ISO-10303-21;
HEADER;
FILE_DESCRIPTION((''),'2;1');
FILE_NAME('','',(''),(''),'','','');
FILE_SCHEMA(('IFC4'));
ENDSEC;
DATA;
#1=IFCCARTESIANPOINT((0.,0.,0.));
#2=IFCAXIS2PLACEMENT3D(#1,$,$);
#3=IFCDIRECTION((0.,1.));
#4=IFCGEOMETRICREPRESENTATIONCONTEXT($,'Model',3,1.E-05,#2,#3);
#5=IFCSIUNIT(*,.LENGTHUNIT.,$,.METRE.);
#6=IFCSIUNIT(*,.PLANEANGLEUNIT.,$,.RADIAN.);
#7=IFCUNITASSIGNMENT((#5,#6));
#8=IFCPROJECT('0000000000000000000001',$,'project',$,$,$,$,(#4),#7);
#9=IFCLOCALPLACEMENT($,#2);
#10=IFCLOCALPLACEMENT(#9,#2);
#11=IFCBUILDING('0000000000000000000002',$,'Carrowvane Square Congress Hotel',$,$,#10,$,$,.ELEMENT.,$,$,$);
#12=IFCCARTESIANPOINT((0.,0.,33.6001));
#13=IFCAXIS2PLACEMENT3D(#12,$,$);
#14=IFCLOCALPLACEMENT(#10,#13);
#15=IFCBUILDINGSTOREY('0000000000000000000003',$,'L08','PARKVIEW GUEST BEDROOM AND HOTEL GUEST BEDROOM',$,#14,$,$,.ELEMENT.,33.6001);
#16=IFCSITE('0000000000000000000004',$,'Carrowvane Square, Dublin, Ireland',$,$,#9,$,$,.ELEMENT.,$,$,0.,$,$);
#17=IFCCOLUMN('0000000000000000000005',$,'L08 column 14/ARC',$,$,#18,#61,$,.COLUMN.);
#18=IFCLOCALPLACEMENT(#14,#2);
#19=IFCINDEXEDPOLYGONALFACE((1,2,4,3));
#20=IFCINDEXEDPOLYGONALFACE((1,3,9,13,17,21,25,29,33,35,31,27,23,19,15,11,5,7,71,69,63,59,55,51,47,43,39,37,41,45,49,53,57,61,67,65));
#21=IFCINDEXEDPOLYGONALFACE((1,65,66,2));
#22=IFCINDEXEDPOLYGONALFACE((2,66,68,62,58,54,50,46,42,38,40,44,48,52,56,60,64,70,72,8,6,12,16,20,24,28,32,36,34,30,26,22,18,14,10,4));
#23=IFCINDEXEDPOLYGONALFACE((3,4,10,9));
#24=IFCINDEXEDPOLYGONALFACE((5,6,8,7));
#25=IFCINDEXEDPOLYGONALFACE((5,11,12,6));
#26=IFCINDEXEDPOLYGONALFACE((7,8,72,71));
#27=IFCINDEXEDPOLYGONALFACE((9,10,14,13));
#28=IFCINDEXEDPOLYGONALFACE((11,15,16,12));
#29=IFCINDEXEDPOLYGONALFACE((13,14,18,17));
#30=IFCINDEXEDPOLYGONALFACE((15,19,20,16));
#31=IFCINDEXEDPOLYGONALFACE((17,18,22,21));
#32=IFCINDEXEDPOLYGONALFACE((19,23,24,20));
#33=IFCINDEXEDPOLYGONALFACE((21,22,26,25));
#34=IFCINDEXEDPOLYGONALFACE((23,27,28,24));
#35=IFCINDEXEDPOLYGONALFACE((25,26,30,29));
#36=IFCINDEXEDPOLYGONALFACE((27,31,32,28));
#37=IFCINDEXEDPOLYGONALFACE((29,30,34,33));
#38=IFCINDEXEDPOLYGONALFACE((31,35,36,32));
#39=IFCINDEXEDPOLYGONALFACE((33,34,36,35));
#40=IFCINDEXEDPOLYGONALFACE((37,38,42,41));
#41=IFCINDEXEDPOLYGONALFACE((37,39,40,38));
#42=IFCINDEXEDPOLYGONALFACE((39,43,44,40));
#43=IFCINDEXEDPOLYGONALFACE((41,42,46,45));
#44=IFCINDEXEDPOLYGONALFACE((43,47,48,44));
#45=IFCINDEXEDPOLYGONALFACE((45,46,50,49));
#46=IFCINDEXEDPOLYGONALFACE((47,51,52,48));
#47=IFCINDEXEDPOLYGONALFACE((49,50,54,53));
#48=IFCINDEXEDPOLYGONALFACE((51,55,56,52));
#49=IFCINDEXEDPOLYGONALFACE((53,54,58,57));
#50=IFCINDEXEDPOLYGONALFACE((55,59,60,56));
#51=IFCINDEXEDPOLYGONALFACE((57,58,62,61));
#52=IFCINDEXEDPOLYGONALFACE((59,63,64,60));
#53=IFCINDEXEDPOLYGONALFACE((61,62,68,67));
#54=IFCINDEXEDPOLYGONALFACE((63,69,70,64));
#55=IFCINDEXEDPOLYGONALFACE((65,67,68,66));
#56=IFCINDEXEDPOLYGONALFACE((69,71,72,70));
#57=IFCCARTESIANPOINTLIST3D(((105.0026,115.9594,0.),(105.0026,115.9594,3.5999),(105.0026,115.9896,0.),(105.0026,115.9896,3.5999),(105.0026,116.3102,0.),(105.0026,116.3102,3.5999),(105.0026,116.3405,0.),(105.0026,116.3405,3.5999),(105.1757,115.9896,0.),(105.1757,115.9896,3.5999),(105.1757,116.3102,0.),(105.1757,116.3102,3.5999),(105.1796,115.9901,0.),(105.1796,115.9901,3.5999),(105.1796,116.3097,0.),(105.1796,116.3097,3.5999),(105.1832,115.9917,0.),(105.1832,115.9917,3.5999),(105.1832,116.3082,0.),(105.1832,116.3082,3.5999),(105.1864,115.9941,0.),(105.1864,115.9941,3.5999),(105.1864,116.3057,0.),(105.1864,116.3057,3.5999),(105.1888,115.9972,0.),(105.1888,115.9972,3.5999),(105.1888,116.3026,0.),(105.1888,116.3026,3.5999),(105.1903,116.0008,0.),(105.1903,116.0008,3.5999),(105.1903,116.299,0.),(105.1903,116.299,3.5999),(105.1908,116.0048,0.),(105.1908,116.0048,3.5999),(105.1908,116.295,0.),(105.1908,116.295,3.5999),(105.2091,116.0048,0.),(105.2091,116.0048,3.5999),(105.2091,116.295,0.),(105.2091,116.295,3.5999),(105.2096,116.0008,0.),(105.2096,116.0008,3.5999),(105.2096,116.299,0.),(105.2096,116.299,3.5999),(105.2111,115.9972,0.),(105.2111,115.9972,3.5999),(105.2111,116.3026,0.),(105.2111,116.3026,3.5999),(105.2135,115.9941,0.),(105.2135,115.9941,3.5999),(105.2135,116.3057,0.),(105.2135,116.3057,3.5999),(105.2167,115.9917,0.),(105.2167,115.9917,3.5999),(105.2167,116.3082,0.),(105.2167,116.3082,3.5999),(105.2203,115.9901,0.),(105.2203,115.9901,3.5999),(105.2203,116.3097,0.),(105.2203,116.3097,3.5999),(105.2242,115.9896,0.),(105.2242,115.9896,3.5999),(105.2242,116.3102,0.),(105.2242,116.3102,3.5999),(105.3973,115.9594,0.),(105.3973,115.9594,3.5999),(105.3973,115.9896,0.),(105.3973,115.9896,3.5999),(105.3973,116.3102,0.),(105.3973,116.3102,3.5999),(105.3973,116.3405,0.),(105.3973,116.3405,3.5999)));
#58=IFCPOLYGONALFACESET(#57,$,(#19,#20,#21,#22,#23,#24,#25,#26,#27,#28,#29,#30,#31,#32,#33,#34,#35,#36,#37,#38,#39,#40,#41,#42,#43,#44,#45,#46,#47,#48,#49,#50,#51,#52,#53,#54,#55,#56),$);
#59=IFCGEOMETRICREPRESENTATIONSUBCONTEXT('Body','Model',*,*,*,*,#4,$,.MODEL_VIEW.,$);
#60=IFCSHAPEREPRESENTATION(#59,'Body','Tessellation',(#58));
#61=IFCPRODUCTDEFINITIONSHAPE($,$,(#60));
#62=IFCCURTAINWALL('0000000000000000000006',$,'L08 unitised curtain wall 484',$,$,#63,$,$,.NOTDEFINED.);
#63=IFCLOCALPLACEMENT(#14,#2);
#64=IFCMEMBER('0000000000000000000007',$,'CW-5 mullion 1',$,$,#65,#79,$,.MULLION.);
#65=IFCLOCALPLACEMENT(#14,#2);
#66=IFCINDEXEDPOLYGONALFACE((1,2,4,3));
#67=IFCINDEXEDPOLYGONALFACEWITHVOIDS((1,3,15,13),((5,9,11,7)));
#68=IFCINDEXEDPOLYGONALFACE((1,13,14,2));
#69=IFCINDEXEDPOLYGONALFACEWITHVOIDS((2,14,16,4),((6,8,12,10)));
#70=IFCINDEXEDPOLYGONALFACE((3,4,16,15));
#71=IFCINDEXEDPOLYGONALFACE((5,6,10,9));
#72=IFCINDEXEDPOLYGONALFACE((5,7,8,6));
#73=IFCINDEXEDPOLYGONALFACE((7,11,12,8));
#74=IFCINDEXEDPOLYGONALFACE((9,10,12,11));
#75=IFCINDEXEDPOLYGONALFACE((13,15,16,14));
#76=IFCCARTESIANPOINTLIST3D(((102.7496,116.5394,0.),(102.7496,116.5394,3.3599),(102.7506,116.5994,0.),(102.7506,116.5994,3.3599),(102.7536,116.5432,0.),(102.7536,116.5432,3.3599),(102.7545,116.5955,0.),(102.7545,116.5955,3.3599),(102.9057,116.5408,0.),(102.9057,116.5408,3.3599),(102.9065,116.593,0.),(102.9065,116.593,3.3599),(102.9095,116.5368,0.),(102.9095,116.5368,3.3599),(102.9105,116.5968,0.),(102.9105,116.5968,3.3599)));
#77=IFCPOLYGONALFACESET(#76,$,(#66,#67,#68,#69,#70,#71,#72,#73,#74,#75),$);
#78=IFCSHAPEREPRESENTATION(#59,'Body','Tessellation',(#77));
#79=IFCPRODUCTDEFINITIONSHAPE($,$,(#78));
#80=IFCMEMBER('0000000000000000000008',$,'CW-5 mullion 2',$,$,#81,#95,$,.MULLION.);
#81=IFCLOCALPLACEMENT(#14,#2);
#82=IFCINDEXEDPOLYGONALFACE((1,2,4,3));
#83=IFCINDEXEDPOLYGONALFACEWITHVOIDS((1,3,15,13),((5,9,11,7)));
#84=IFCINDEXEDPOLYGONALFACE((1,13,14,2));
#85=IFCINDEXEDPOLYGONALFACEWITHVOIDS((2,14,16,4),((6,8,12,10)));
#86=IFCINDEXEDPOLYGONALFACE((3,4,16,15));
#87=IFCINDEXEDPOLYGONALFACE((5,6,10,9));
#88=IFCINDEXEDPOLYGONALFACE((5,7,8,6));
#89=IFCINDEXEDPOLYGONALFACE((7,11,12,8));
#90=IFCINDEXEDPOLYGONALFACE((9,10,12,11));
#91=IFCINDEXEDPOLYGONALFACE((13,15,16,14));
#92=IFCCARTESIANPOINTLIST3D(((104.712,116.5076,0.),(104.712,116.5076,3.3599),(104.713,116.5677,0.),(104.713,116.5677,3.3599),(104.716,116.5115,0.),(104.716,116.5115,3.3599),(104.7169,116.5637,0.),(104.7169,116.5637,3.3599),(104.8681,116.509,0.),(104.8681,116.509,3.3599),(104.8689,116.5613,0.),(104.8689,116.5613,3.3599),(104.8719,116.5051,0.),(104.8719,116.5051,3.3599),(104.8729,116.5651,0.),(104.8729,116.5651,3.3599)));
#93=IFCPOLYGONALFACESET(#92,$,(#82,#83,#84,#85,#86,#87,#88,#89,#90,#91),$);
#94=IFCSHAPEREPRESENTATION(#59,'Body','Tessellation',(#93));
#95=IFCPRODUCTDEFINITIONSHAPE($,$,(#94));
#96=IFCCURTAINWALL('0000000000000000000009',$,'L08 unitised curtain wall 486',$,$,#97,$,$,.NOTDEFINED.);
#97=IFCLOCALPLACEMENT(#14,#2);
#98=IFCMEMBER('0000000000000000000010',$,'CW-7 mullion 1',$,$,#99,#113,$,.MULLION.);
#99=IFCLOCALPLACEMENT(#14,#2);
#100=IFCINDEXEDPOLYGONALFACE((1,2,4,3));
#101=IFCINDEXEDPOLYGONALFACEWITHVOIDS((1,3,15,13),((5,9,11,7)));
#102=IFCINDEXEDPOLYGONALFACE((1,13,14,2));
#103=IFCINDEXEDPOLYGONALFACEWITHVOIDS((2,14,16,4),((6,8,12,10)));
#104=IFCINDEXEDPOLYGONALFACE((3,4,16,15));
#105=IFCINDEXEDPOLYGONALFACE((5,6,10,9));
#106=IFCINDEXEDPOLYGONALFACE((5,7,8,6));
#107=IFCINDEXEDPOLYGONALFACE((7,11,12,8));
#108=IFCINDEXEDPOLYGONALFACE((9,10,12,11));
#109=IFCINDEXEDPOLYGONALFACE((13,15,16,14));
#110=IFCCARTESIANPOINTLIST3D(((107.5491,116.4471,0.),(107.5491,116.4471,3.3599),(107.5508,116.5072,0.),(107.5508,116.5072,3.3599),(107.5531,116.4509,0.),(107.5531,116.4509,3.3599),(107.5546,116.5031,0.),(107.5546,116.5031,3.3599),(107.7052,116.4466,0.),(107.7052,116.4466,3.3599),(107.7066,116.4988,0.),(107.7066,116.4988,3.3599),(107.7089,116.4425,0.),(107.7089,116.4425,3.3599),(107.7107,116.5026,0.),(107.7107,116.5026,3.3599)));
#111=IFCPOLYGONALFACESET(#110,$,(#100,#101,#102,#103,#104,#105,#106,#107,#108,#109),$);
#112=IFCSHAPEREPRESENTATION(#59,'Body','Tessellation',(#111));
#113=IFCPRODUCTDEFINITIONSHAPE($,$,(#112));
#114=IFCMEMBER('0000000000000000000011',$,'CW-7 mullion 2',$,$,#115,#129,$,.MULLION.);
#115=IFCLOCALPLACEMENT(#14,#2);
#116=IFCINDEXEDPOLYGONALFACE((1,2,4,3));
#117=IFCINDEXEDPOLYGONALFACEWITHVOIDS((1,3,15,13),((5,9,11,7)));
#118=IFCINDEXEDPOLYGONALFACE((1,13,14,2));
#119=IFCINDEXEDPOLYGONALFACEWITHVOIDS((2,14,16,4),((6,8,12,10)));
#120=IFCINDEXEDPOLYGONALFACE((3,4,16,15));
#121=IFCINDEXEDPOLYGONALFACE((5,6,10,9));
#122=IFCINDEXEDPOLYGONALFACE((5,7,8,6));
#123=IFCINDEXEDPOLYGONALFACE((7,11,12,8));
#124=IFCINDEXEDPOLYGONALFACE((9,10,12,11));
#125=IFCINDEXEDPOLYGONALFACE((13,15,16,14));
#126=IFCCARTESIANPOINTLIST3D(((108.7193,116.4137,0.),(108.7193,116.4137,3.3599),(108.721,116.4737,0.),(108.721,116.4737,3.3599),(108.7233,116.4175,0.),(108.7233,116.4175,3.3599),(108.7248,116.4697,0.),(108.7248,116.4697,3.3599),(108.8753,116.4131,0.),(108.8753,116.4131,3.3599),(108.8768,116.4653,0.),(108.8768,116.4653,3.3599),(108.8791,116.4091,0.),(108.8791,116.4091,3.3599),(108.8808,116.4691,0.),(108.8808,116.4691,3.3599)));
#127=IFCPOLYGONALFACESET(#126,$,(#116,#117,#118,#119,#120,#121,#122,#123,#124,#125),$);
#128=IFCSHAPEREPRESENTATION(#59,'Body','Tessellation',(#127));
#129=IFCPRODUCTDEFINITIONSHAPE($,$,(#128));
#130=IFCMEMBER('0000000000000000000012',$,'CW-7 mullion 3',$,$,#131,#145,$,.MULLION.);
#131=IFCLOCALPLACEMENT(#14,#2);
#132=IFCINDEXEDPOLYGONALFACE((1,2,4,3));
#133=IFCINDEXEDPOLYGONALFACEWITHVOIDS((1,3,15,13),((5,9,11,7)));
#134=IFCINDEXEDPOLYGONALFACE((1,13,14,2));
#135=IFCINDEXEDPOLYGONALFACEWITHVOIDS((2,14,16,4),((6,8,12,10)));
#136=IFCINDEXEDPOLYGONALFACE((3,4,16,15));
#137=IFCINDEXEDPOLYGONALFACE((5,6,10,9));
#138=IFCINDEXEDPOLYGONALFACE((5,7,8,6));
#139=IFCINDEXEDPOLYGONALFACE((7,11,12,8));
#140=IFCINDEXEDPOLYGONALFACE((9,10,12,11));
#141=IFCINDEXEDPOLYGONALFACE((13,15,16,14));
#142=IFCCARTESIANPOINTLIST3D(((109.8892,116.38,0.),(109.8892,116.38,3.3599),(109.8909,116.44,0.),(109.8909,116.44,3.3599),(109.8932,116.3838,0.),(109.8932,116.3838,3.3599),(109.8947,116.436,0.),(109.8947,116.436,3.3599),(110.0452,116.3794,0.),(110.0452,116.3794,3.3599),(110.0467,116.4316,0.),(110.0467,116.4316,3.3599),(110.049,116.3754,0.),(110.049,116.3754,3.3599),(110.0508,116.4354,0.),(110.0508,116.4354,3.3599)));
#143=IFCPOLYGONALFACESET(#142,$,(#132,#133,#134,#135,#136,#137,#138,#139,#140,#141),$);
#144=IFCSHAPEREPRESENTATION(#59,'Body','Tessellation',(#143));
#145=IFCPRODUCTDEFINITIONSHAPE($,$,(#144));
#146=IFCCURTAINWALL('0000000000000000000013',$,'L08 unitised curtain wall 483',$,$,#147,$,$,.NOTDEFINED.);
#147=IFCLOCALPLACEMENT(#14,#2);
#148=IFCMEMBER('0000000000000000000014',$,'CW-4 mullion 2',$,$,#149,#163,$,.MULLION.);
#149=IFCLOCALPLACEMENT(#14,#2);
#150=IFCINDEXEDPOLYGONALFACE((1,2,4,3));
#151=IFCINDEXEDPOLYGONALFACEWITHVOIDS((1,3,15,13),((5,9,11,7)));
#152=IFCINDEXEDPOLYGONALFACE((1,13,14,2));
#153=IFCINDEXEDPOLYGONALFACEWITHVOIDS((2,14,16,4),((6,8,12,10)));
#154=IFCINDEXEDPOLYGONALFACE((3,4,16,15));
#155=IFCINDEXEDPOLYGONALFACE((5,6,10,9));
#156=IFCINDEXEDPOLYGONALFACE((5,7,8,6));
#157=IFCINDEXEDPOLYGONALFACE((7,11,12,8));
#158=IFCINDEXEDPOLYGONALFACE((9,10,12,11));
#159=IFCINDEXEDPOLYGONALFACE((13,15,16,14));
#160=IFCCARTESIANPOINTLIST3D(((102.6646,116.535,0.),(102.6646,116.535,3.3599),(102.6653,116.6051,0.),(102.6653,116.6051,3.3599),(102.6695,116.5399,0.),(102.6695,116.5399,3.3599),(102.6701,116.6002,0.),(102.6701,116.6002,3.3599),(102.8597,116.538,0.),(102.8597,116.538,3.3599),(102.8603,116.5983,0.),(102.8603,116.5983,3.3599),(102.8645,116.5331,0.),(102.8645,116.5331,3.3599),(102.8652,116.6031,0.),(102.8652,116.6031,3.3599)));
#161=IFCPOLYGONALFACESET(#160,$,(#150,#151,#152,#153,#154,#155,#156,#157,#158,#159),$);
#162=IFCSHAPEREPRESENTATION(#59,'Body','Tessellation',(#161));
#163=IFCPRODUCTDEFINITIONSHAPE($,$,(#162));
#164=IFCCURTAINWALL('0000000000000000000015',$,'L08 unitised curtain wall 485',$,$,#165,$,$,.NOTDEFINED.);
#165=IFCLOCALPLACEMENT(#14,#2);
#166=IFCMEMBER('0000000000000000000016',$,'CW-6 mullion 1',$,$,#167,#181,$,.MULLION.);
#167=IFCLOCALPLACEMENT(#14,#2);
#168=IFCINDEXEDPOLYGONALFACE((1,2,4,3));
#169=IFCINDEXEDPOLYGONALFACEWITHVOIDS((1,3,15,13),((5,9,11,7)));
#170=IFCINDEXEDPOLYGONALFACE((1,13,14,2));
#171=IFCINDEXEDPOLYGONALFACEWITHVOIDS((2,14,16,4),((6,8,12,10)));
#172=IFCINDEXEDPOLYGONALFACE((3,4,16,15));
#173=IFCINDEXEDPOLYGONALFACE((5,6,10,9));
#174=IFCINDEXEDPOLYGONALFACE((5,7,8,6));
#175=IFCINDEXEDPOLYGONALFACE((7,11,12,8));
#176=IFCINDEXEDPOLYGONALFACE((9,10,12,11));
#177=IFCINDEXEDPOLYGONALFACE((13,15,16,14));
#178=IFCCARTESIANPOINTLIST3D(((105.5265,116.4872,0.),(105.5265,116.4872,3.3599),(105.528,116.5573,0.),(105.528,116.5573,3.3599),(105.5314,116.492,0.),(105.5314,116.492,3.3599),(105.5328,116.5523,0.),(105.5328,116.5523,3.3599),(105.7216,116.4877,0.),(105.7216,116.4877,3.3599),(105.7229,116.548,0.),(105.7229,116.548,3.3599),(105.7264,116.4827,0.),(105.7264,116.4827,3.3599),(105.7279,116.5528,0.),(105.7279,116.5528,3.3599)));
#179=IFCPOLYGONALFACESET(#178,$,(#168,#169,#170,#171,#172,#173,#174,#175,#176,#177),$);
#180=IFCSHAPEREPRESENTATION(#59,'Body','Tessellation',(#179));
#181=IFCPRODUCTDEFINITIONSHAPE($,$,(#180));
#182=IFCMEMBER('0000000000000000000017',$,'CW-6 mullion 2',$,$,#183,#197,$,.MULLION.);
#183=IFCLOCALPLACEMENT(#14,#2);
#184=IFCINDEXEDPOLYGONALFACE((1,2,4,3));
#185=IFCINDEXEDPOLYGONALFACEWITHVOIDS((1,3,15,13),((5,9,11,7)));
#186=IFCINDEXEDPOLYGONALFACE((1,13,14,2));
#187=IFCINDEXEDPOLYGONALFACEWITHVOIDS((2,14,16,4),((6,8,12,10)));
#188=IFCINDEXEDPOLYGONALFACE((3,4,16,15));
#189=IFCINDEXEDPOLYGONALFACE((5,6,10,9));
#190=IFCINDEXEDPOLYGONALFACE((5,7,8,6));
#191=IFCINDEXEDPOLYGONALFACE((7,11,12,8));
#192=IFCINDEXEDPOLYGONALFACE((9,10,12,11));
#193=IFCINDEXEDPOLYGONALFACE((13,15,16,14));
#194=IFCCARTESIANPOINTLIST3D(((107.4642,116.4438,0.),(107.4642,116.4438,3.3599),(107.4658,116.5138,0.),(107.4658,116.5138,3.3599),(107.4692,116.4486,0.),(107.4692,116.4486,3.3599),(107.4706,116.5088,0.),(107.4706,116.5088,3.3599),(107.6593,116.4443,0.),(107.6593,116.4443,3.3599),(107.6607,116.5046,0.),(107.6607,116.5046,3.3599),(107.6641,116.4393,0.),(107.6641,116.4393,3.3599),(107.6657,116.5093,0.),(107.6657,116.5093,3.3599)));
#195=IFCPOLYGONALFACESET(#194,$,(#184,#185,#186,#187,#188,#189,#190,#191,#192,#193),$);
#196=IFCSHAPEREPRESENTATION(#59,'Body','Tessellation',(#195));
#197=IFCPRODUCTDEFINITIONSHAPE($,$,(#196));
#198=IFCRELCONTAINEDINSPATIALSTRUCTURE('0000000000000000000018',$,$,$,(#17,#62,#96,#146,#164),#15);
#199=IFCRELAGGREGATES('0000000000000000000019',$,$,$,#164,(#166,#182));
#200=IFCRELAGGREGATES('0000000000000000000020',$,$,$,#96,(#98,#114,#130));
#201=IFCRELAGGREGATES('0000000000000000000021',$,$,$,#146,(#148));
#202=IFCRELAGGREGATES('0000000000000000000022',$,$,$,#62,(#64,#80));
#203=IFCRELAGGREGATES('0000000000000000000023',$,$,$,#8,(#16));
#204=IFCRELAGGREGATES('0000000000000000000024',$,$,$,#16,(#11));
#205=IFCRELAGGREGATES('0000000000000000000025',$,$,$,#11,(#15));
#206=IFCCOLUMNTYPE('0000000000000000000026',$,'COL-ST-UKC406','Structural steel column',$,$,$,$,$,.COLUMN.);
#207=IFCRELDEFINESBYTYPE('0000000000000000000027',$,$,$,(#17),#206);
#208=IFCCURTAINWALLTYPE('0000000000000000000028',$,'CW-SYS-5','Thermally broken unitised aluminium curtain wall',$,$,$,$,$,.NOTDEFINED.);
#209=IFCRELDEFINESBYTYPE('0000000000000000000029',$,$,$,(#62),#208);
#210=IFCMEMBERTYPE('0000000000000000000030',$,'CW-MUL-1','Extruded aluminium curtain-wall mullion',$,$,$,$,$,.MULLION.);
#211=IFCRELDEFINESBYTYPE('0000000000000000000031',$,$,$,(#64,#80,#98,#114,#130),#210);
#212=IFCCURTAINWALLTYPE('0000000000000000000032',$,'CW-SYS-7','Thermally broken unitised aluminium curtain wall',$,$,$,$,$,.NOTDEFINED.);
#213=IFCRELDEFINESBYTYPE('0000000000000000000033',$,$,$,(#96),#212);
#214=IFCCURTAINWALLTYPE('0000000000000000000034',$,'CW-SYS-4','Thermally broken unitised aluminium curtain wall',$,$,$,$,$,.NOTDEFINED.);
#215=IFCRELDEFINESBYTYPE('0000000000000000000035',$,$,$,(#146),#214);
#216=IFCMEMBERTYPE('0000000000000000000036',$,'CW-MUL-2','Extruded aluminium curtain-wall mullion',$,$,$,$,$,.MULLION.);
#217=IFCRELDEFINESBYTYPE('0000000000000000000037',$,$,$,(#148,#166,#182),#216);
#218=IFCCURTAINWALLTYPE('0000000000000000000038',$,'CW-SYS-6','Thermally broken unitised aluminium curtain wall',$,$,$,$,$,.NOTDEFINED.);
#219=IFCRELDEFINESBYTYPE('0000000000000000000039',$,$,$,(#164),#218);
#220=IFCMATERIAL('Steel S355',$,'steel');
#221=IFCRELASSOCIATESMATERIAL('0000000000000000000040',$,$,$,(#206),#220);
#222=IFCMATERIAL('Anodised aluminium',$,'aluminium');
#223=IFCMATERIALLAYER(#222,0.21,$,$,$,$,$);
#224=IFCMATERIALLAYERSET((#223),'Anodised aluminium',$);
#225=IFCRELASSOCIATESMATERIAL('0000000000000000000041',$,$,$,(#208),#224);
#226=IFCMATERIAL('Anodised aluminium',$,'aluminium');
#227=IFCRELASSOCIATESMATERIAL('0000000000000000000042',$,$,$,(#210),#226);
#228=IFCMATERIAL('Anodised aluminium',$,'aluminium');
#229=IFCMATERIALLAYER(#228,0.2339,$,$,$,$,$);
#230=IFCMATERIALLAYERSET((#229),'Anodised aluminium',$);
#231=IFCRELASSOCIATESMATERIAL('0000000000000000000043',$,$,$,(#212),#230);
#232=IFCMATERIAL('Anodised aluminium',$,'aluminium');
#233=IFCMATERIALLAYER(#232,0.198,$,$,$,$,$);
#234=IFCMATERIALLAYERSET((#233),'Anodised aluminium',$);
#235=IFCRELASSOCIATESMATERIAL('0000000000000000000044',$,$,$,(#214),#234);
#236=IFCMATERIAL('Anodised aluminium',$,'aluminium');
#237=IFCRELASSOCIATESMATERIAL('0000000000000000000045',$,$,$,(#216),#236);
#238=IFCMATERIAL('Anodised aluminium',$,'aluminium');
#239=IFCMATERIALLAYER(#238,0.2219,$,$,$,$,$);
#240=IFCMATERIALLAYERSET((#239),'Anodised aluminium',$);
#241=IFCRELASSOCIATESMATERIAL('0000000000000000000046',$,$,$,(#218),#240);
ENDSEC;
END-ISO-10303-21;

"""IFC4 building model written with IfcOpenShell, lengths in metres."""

from ifc_helpers import new_model, si_unit, direction, frame, origin, origin_2d, place, context, subcontext, project, spatial, hollow_rectangle, i_section, extrude, material, layer, layer_set, material_profile, profile_set, type_object, element, aggregate, save


model = new_model("IFC4")

# Units and contexts
model_context = context("Model", 3, precision=1e-05, world=origin(), true_north=direction((0.0, 1.0)))
body_context = subcontext(model_context, "Body", "Model", "MODEL_VIEW")
ifc_project = project(units=[si_unit("LENGTHUNIT", "METRE"), si_unit("PLANEANGLEUNIT", "RADIAN")], contexts=[model_context])

# Site, building, storey
site_placement = place(None, origin())
site = spatial("IfcSite", under=ifc_project, at=site_placement, Name="Carrowvane Square, Dublin, Ireland", CompositionType="ELEMENT", RefElevation=0.0)
building_placement = place(site_placement, origin())
building = spatial("IfcBuilding", under=site, at=building_placement, Name="Carrowvane Square Congress Hotel", CompositionType="ELEMENT")
storey_placement = place(building_placement, frame((0.0, 0.0, 33.6001)))
storey = spatial("IfcBuildingStorey", under=building, at=storey_placement, Name="L08", Description="PARKVIEW GUEST BEDROOM AND HOTEL GUEST BEDROOM", CompositionType="ELEMENT", Elevation=33.6001)

# Column
ifc_material_1 = material(Name="Steel S355", Category="steel")
ifc_material_profile_1 = material_profile(ifc_material_1, i_section(OverallWidth=0.3948, OverallDepth=0.3811, WebThickness=0.0183, FlangeThickness=0.0303, FilletRadius=0.0151, at=origin_2d()), Name="UKC 356x406x235")
ifc_profile_set_1 = profile_set([ifc_material_profile_1], Name="Steel S355")
column_type = type_object("IfcColumnType", Name="COL-ST-UKC406", Description="Structural steel column", PredefinedType="COLUMN", material=ifc_profile_set_1)
column_placement = place(storey_placement, frame((105.2, 116.1499, 0.0), z_axis=(0.0, 0.0, 1.0), x_axis=(1.0, 0.0, 0.0)))
element("IfcColumn", 1, at=column_placement, inside=storey, type_object=column_type, Name="L08 column 14/ARC", PredefinedType="COLUMN", context=body_context, shape_type="SweptSolid", body=[
    extrude(i_section(OverallWidth=0.3948, OverallDepth=0.3811, WebThickness=0.0183, FlangeThickness=0.0303, FilletRadius=0.0151, at=origin_2d()), origin(), (0.0, 0.0, 1.0), 3.5999),
])

# Curtain walls, members
ifc_material_2 = material(Name="Anodised aluminium", Category="aluminium")
ifc_layer_1 = layer(ifc_material_2, 0.21)
ifc_layer_set_1 = layer_set([ifc_layer_1], Name="Anodised aluminium")
curtain_wall_type_1 = type_object("IfcCurtainWallType", Name="CW-SYS-5", Description="Thermally broken unitised aluminium curtain wall", PredefinedType="NOTDEFINED", material=ifc_layer_set_1)
curtain_wall_1_placement = place(storey_placement, origin())
curtain_wall_1 = element("IfcCurtainWall", 2, at=curtain_wall_1_placement, inside=storey, type_object=curtain_wall_type_1, Name="L08 unitised curtain wall 484", PredefinedType="NOTDEFINED")
ifc_material_3 = material(Name="Anodised aluminium", Category="aluminium")
ifc_material_profile_2 = material_profile(ifc_material_3, hollow_rectangle(XDim=0.0601, YDim=0.1599, WallThickness=0.0039, at=origin_2d()), Name="CW-ML 60x160x4")
ifc_profile_set_2 = profile_set([ifc_material_profile_2], Name="Anodised aluminium")
member_type_1 = type_object("IfcMemberType", Name="CW-MUL-1", Description="Extruded aluminium curtain-wall mullion", PredefinedType="MULLION", material=ifc_profile_set_2)
member_1_placement = place(storey_placement, frame((102.8301, 116.5681, 0.0), z_axis=(0.0, 0.0, 1.0), x_axis=(0.016216, 0.999869, 0.0)))
member_1 = element("IfcMember", 3, at=member_1_placement, type_object=member_type_1, Name="CW-5 mullion 1", PredefinedType="MULLION", context=body_context, shape_type="SweptSolid", body=[
    extrude(hollow_rectangle(XDim=0.0601, YDim=0.1599, WallThickness=0.0039, at=origin_2d()), origin(), (0.0, 0.0, 1.0), 3.3599),
])
member_2_placement = place(storey_placement, frame((104.7925, 116.5364, 0.0), z_axis=(0.0, 0.0, 1.0), x_axis=(0.016216, 0.999869, 0.0)))
member_2 = element("IfcMember", 4, at=member_2_placement, type_object=member_type_1, Name="CW-5 mullion 2", PredefinedType="MULLION", context=body_context, shape_type="SweptSolid", body=[
    extrude(hollow_rectangle(XDim=0.0601, YDim=0.1599, WallThickness=0.0039, at=origin_2d()), origin(), (0.0, 0.0, 1.0), 3.3599),
])
ifc_material_4 = material(Name="Anodised aluminium", Category="aluminium")
ifc_layer_2 = layer(ifc_material_4, 0.2339)
ifc_layer_set_2 = layer_set([ifc_layer_2], Name="Anodised aluminium")
curtain_wall_type_2 = type_object("IfcCurtainWallType", Name="CW-SYS-7", Description="Thermally broken unitised aluminium curtain wall", PredefinedType="NOTDEFINED", material=ifc_layer_set_2)
curtain_wall_2_placement = place(storey_placement, origin())
curtain_wall_2 = element("IfcCurtainWall", 5, at=curtain_wall_2_placement, inside=storey, type_object=curtain_wall_type_2, Name="L08 unitised curtain wall 486", PredefinedType="NOTDEFINED")
member_3_placement = place(storey_placement, frame((107.6299, 116.4749, 0.0), z_axis=(0.0, 0.0, 1.0), x_axis=(0.028638, 0.99959, 0.0)))
member_3 = element("IfcMember", 6, at=member_3_placement, type_object=member_type_1, Name="CW-7 mullion 1", PredefinedType="MULLION", context=body_context, shape_type="SweptSolid", body=[
    extrude(hollow_rectangle(XDim=0.0601, YDim=0.1599, WallThickness=0.0039, at=origin_2d()), origin(), (0.0, 0.0, 1.0), 3.3599),
])
member_4_placement = place(storey_placement, frame((108.8, 116.4414, 0.0), z_axis=(0.0, 0.0, 1.0), x_axis=(0.028638, 0.99959, 0.0)))
member_4 = element("IfcMember", 7, at=member_4_placement, type_object=member_type_1, Name="CW-7 mullion 2", PredefinedType="MULLION", context=body_context, shape_type="SweptSolid", body=[
    extrude(hollow_rectangle(XDim=0.0601, YDim=0.1599, WallThickness=0.0039, at=origin_2d()), origin(), (0.0, 0.0, 1.0), 3.3599),
])
member_5_placement = place(storey_placement, frame((109.97, 116.4077, 0.0), z_axis=(0.0, 0.0, 1.0), x_axis=(0.028638, 0.99959, 0.0)))
member_5 = element("IfcMember", 8, at=member_5_placement, type_object=member_type_1, Name="CW-7 mullion 3", PredefinedType="MULLION", context=body_context, shape_type="SweptSolid", body=[
    extrude(hollow_rectangle(XDim=0.0601, YDim=0.1599, WallThickness=0.0039, at=origin_2d()), origin(), (0.0, 0.0, 1.0), 3.3599),
])

# Curtain wall, member
ifc_material_5 = material(Name="Anodised aluminium", Category="aluminium")
ifc_layer_3 = layer(ifc_material_5, 0.198)
ifc_layer_set_3 = layer_set([ifc_layer_3], Name="Anodised aluminium")
curtain_wall_type_3 = type_object("IfcCurtainWallType", Name="CW-SYS-4", Description="Thermally broken unitised aluminium curtain wall", PredefinedType="NOTDEFINED", material=ifc_layer_set_3)
curtain_wall_3_placement = place(storey_placement, origin())
curtain_wall_3 = element("IfcCurtainWall", 9, at=curtain_wall_3_placement, inside=storey, type_object=curtain_wall_type_3, Name="L08 unitised curtain wall 483", PredefinedType="NOTDEFINED")
ifc_material_6 = material(Name="Anodised aluminium", Category="aluminium")
ifc_material_profile_3 = material_profile(ifc_material_6, hollow_rectangle(XDim=0.0701, YDim=0.2, WallThickness=0.0049, at=origin_2d()), Name="CW-ML 70x200x5")
ifc_profile_set_3 = profile_set([ifc_material_profile_3], Name="Anodised aluminium")
member_type_2 = type_object("IfcMemberType", Name="CW-MUL-2", Description="Extruded aluminium curtain-wall mullion", PredefinedType="MULLION", material=ifc_profile_set_3)
member_6_placement = place(storey_placement, frame((102.7649, 116.5691, 0.0), z_axis=(0.0, 0.0, 1.0), x_axis=(0.009783, 0.999952, 0.0)))
member_6 = element("IfcMember", 10, at=member_6_placement, type_object=member_type_2, Name="CW-4 mullion 2", PredefinedType="MULLION", context=body_context, shape_type="SweptSolid", body=[
    extrude(hollow_rectangle(XDim=0.0701, YDim=0.2, WallThickness=0.0049, at=origin_2d()), origin(), (0.0, 0.0, 1.0), 3.3599),
])

# Curtain wall, members
ifc_material_7 = material(Name="Anodised aluminium", Category="aluminium")
ifc_layer_4 = layer(ifc_material_7, 0.2219)
ifc_layer_set_4 = layer_set([ifc_layer_4], Name="Anodised aluminium")
curtain_wall_type_4 = type_object("IfcCurtainWallType", Name="CW-SYS-6", Description="Thermally broken unitised aluminium curtain wall", PredefinedType="NOTDEFINED", material=ifc_layer_set_4)
curtain_wall_4_placement = place(storey_placement, origin())
curtain_wall_4 = element("IfcCurtainWall", 11, at=curtain_wall_4_placement, inside=storey, type_object=curtain_wall_type_4, Name="L08 unitised curtain wall 485", PredefinedType="NOTDEFINED")
member_7_placement = place(storey_placement, frame((105.6272, 116.52, 0.0), z_axis=(0.0, 0.0, 1.0), x_axis=(0.022518, 0.999746, 0.0)))
member_7 = element("IfcMember", 12, at=member_7_placement, type_object=member_type_2, Name="CW-6 mullion 1", PredefinedType="MULLION", context=body_context, shape_type="SweptSolid", body=[
    extrude(hollow_rectangle(XDim=0.0701, YDim=0.2, WallThickness=0.0049, at=origin_2d()), origin(), (0.0, 0.0, 1.0), 3.3599),
])
member_8_placement = place(storey_placement, frame((107.5649, 116.4766, 0.0), z_axis=(0.0, 0.0, 1.0), x_axis=(0.022518, 0.999746, 0.0)))
member_8 = element("IfcMember", 13, at=member_8_placement, type_object=member_type_2, Name="CW-6 mullion 2", PredefinedType="MULLION", context=body_context, shape_type="SweptSolid", body=[
    extrude(hollow_rectangle(XDim=0.0701, YDim=0.2, WallThickness=0.0049, at=origin_2d()), origin(), (0.0, 0.0, 1.0), 3.3599),
])

aggregate(curtain_wall_4, [member_7, member_8])
aggregate(curtain_wall_2, [member_3, member_4, member_5])
aggregate(curtain_wall_3, [member_6])
aggregate(curtain_wall_1, [member_1, member_2])

save(model, "model.ifc")
